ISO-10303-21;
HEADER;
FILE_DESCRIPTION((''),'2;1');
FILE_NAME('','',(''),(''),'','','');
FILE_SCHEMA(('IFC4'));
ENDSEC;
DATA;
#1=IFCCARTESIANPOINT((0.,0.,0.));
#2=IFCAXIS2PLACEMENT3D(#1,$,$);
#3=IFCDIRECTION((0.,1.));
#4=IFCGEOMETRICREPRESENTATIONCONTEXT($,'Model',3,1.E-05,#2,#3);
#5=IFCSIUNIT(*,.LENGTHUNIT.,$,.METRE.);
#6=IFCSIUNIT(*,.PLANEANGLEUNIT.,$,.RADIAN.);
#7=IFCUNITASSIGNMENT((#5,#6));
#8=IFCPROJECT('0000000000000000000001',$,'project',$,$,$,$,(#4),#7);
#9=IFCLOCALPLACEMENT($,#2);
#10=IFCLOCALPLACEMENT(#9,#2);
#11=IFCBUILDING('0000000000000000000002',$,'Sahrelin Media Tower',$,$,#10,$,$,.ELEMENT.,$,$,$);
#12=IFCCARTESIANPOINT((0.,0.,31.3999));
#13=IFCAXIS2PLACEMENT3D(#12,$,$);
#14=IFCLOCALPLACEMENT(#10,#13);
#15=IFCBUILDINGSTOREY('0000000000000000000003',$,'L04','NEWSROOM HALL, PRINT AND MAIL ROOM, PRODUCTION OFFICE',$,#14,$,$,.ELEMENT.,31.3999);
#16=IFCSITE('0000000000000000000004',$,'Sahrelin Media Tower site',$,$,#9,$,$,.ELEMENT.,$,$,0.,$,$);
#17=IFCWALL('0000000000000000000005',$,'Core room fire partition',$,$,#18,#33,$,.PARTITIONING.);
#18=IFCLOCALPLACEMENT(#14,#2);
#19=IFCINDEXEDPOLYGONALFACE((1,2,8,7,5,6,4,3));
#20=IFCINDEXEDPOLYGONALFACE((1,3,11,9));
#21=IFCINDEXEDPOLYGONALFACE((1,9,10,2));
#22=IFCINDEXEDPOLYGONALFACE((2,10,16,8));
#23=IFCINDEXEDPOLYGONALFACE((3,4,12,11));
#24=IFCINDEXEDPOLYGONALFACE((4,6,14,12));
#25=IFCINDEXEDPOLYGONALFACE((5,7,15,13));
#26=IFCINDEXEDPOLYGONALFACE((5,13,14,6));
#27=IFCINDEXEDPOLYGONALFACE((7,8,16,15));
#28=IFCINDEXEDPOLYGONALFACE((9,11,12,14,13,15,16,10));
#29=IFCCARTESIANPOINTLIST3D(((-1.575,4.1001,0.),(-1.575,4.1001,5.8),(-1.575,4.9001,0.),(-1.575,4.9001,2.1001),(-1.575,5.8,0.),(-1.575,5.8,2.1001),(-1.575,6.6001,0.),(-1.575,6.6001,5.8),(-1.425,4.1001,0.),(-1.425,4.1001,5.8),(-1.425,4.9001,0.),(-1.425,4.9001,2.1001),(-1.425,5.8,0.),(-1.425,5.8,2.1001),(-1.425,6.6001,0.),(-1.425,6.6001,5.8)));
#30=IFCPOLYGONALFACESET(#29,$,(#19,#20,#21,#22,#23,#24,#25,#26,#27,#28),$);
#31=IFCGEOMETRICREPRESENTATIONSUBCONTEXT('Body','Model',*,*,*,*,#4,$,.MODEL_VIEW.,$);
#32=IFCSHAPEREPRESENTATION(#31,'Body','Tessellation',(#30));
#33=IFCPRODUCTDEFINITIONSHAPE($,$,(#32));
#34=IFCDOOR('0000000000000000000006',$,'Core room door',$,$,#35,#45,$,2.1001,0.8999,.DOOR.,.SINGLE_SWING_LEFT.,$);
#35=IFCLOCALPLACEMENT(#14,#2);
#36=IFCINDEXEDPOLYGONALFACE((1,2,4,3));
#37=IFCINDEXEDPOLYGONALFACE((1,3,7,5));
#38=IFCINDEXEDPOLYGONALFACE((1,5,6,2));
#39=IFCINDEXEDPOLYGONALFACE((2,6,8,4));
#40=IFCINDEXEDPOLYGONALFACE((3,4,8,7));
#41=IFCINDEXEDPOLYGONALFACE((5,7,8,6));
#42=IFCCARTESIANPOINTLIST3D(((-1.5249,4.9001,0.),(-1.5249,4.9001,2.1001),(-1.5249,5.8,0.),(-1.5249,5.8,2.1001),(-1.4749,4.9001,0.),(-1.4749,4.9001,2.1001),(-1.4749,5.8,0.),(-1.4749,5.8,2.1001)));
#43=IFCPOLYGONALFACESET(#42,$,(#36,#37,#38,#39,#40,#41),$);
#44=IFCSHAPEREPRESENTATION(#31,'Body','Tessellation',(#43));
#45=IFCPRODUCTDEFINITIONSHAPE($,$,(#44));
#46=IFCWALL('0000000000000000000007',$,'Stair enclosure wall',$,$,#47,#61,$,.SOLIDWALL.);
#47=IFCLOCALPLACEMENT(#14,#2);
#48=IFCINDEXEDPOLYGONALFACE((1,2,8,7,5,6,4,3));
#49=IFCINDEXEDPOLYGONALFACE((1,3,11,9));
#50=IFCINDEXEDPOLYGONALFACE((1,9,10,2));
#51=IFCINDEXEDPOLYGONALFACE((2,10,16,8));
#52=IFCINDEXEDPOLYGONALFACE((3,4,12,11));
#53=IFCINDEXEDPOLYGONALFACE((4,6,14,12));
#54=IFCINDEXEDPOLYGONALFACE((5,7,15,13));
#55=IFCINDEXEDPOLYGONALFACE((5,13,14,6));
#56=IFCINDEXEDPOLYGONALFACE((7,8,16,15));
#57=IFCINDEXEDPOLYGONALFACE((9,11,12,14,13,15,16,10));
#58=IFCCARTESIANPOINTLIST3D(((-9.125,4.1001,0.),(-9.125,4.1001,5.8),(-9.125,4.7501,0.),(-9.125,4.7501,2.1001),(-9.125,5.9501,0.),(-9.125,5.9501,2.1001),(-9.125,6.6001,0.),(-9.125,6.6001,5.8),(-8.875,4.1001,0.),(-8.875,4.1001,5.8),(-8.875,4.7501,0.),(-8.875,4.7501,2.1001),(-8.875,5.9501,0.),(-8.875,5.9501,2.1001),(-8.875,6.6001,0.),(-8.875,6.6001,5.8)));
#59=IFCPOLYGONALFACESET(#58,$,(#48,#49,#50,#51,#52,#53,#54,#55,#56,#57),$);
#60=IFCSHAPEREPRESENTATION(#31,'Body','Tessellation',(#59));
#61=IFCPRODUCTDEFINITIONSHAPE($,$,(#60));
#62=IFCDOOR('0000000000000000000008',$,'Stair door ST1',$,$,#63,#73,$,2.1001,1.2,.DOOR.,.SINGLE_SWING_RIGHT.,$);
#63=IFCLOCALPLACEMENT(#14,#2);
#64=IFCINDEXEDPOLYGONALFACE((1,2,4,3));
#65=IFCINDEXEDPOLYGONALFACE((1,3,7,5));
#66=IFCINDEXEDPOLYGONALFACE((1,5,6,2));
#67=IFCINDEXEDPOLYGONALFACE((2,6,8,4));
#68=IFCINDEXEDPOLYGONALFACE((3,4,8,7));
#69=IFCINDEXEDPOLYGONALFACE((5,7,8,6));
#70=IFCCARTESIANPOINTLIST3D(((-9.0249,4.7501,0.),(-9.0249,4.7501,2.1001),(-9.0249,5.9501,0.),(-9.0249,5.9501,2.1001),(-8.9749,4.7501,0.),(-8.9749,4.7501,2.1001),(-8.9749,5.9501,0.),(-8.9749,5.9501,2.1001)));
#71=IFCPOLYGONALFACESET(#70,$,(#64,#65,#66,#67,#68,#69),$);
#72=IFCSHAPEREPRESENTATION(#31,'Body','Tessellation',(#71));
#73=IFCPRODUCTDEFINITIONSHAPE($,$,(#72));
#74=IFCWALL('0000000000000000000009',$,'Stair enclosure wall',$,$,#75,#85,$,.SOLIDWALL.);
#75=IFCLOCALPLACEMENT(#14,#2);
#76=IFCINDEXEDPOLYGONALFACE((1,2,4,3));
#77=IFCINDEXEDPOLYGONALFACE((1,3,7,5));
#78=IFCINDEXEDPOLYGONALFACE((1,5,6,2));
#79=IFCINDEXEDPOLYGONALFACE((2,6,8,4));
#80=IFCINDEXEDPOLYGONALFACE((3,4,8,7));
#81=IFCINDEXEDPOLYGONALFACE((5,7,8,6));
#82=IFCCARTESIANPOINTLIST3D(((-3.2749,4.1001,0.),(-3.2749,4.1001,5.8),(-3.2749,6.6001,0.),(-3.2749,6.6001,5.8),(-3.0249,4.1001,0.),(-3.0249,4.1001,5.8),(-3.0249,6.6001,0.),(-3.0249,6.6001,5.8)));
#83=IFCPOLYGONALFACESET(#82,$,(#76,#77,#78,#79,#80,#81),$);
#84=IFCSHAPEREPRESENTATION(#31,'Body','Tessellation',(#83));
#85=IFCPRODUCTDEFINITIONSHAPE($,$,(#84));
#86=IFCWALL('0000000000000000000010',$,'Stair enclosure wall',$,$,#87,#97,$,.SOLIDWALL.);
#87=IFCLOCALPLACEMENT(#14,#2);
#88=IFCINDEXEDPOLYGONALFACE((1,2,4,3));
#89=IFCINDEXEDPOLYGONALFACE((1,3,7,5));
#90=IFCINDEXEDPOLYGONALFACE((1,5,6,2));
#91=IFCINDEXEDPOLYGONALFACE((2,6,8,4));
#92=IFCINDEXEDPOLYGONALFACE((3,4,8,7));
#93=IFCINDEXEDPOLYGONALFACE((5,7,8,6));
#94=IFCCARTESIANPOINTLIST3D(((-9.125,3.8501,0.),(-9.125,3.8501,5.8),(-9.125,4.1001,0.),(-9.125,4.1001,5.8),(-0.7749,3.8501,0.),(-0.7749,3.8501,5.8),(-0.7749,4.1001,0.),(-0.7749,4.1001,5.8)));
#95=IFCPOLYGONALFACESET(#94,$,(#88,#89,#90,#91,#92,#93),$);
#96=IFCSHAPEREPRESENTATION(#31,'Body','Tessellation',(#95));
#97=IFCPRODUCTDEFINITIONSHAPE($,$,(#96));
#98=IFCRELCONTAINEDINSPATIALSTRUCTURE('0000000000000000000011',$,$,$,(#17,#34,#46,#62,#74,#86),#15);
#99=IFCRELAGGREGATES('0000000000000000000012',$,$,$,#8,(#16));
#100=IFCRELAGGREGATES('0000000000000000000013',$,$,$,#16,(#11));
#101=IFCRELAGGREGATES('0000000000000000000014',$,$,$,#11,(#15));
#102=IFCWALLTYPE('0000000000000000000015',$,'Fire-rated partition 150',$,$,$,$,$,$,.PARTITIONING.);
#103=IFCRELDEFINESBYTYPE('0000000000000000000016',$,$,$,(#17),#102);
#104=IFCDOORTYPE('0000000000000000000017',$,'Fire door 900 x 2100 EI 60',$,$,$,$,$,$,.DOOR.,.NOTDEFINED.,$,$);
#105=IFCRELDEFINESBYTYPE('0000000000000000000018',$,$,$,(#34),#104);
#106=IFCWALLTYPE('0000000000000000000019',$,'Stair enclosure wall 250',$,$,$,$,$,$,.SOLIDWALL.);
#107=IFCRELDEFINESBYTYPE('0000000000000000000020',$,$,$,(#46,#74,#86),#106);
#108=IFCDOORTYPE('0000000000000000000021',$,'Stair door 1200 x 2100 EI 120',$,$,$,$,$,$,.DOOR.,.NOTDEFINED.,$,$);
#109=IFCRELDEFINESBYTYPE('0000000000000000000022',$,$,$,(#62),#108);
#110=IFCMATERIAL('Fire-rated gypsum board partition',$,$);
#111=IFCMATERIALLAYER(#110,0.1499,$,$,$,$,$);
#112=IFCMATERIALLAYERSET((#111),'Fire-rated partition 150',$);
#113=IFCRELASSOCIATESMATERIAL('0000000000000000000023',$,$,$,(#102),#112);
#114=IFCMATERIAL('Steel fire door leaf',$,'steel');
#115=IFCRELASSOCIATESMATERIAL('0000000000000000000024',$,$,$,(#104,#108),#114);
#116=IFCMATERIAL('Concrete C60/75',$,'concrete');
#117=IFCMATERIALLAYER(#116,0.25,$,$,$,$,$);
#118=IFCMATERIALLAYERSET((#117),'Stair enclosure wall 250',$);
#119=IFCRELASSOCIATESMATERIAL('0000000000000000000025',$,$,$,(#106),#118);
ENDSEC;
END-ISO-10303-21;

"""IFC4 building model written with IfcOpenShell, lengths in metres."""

from ifc_helpers import new_model, si_unit, direction, frame, frame_2d, origin, place, context, subcontext, project, spatial, rectangle, extrude, material, layer, layer_set, type_object, element, fill, save


model = new_model("IFC4")

# Units and contexts
model_context = context("Model", 3, precision=1e-05, world=origin(), true_north=direction((0.0, 1.0)))
body_context = subcontext(model_context, "Body", "Model", "MODEL_VIEW")
ifc_project = project(units=[si_unit("LENGTHUNIT", "METRE"), si_unit("PLANEANGLEUNIT", "RADIAN")], contexts=[model_context])

# Site, building, storey
site_placement = place(None, origin())
site = spatial("IfcSite", under=ifc_project, at=site_placement, Name="Sahrelin Media Tower site", CompositionType="ELEMENT", RefElevation=0.0)
building_placement = place(site_placement, origin())
building = spatial("IfcBuilding", under=site, at=building_placement, Name="Sahrelin Media Tower", CompositionType="ELEMENT")
storey_placement = place(building_placement, frame((0.0, 0.0, 31.3999)))
storey = spatial("IfcBuildingStorey", under=building, at=storey_placement, Name="L04", Description="NEWSROOM HALL, PRINT AND MAIL ROOM, PRODUCTION OFFICE", CompositionType="ELEMENT", Elevation=31.3999)

# Shared definitions
ifc_material_1 = material(Name="Fire-rated gypsum board partition")
ifc_material_2 = material(Name="Steel fire door leaf", Category="steel")

# Walls, openings, doors
ifc_layer_1 = layer(ifc_material_1, 0.1499)
ifc_layer_set_1 = layer_set([ifc_layer_1], Name="Fire-rated partition 150")
wall_type_1 = type_object("IfcWallType", Name="Fire-rated partition 150", PredefinedType="PARTITIONING", material=ifc_layer_set_1)
wall_1_placement = place(storey_placement, frame((-1.5, 4.1001, 0.0), z_axis=(0.0, 0.0, 1.0), x_axis=(0.0, 1.0, 0.0)))
wall_1 = element("IfcWall", 1, at=wall_1_placement, inside=storey, type_object=wall_type_1, Name="Core room fire partition", PredefinedType="PARTITIONING", context=body_context, shape_type="SweptSolid", body=[
    extrude(rectangle(XDim=2.5, YDim=0.1499, at=frame_2d((1.25, 0.0))), origin(), (0.0, 0.0, 1.0), 5.8),
])
opening_1_placement = place(wall_1_placement, frame((0.8, 0.0, 0.0)))
opening_1 = element("IfcOpeningElement", 2, at=opening_1_placement, cuts=wall_1, PredefinedType="OPENING", context=body_context, shape_type="SweptSolid", body=[
    extrude(rectangle(XDim=0.8999, YDim=2.1001, at=frame_2d((0.45, 1.05))), frame((0.0, 0.075, 0.0), z_axis=(0.0, -1.0, 0.0), x_axis=(1.0, 0.0, 0.0)), (0.0, 0.0, 1.0), 0.1499),
])
door_type_1 = type_object("IfcDoorType", Name="Fire door 900 x 2100 EI 60", OperationType="NOTDEFINED", PredefinedType="DOOR", material=ifc_material_2)
door_1_placement = place(opening_1_placement, origin())
door_1 = element("IfcDoor", 3, at=door_1_placement, inside=storey, type_object=door_type_1, Name="Core room door", OperationType="SINGLE_SWING_LEFT", OverallHeight=2.1001, OverallWidth=0.8999, PredefinedType="DOOR", context=body_context, shape_type="SweptSolid", body=[
    extrude(rectangle(XDim=0.8999, YDim=2.1001, at=frame_2d((0.45, 1.05))), frame((0.0, 0.0249, 0.0), z_axis=(0.0, -1.0, 0.0), x_axis=(1.0, 0.0, 0.0)), (0.0, 0.0, 1.0), 0.05),
])
fill(opening_1, door_1)
ifc_material_3 = material(Name="Concrete C60/75", Category="concrete")
ifc_layer_2 = layer(ifc_material_3, 0.25)
ifc_layer_set_2 = layer_set([ifc_layer_2], Name="Stair enclosure wall 250")
wall_type_2 = type_object("IfcWallType", Name="Stair enclosure wall 250", PredefinedType="SOLIDWALL", material=ifc_layer_set_2)
wall_2_placement = place(storey_placement, frame((-9.0, 4.1001, 0.0), z_axis=(0.0, 0.0, 1.0), x_axis=(0.0, 1.0, 0.0)))
wall_2 = element("IfcWall", 4, at=wall_2_placement, inside=storey, type_object=wall_type_2, Name="Stair enclosure wall", PredefinedType="SOLIDWALL", context=body_context, shape_type="SweptSolid", body=[
    extrude(rectangle(XDim=2.5, YDim=0.25, at=frame_2d((1.25, 0.0))), origin(), (0.0, 0.0, 1.0), 5.8),
])
opening_2_placement = place(wall_2_placement, frame((0.6499, 0.0, 0.0)))
opening_2 = element("IfcOpeningElement", 5, at=opening_2_placement, cuts=wall_2, PredefinedType="OPENING", context=body_context, shape_type="SweptSolid", body=[
    extrude(rectangle(XDim=1.2, YDim=2.1001, at=frame_2d((0.6001, 1.05))), frame((0.0, 0.125, 0.0), z_axis=(0.0, -1.0, 0.0), x_axis=(1.0, 0.0, 0.0)), (0.0, 0.0, 1.0), 0.25),
])
door_type_2 = type_object("IfcDoorType", Name="Stair door 1200 x 2100 EI 120", OperationType="NOTDEFINED", PredefinedType="DOOR", material=ifc_material_2)
door_2_placement = place(opening_2_placement, origin())
door_2 = element("IfcDoor", 6, at=door_2_placement, inside=storey, type_object=door_type_2, Name="Stair door ST1", OperationType="SINGLE_SWING_RIGHT", OverallHeight=2.1001, OverallWidth=1.2, PredefinedType="DOOR", context=body_context, shape_type="SweptSolid", body=[
    extrude(rectangle(XDim=1.2, YDim=2.1001, at=frame_2d((0.6001, 1.05))), frame((0.0, 0.0249, 0.0), z_axis=(0.0, -1.0, 0.0), x_axis=(1.0, 0.0, 0.0)), (0.0, 0.0, 1.0), 0.05),
])
fill(opening_2, door_2)

# Walls
wall_3_placement = place(storey_placement, frame((-3.1499, 4.1001, 0.0), z_axis=(0.0, 0.0, 1.0), x_axis=(0.0, 1.0, 0.0)))
element("IfcWall", 7, at=wall_3_placement, inside=storey, type_object=wall_type_2, Name="Stair enclosure wall", PredefinedType="SOLIDWALL", context=body_context, shape_type="SweptSolid", body=[
    extrude(rectangle(XDim=2.5, YDim=0.25, at=frame_2d((1.25, 0.0))), origin(), (0.0, 0.0, 1.0), 5.8),
])
wall_4_placement = place(storey_placement, frame((-9.125, 3.9751, 0.0), z_axis=(0.0, 0.0, 1.0), x_axis=(1.0, 0.0, 0.0)))
element("IfcWall", 8, at=wall_4_placement, inside=storey, type_object=wall_type_2, Name="Stair enclosure wall", PredefinedType="SOLIDWALL", context=body_context, shape_type="SweptSolid", body=[
    extrude(rectangle(XDim=8.3501, YDim=0.25, at=frame_2d((4.175, 0.0))), origin(), (0.0, 0.0, 1.0), 5.8),
])

save(model, "model.ifc")
